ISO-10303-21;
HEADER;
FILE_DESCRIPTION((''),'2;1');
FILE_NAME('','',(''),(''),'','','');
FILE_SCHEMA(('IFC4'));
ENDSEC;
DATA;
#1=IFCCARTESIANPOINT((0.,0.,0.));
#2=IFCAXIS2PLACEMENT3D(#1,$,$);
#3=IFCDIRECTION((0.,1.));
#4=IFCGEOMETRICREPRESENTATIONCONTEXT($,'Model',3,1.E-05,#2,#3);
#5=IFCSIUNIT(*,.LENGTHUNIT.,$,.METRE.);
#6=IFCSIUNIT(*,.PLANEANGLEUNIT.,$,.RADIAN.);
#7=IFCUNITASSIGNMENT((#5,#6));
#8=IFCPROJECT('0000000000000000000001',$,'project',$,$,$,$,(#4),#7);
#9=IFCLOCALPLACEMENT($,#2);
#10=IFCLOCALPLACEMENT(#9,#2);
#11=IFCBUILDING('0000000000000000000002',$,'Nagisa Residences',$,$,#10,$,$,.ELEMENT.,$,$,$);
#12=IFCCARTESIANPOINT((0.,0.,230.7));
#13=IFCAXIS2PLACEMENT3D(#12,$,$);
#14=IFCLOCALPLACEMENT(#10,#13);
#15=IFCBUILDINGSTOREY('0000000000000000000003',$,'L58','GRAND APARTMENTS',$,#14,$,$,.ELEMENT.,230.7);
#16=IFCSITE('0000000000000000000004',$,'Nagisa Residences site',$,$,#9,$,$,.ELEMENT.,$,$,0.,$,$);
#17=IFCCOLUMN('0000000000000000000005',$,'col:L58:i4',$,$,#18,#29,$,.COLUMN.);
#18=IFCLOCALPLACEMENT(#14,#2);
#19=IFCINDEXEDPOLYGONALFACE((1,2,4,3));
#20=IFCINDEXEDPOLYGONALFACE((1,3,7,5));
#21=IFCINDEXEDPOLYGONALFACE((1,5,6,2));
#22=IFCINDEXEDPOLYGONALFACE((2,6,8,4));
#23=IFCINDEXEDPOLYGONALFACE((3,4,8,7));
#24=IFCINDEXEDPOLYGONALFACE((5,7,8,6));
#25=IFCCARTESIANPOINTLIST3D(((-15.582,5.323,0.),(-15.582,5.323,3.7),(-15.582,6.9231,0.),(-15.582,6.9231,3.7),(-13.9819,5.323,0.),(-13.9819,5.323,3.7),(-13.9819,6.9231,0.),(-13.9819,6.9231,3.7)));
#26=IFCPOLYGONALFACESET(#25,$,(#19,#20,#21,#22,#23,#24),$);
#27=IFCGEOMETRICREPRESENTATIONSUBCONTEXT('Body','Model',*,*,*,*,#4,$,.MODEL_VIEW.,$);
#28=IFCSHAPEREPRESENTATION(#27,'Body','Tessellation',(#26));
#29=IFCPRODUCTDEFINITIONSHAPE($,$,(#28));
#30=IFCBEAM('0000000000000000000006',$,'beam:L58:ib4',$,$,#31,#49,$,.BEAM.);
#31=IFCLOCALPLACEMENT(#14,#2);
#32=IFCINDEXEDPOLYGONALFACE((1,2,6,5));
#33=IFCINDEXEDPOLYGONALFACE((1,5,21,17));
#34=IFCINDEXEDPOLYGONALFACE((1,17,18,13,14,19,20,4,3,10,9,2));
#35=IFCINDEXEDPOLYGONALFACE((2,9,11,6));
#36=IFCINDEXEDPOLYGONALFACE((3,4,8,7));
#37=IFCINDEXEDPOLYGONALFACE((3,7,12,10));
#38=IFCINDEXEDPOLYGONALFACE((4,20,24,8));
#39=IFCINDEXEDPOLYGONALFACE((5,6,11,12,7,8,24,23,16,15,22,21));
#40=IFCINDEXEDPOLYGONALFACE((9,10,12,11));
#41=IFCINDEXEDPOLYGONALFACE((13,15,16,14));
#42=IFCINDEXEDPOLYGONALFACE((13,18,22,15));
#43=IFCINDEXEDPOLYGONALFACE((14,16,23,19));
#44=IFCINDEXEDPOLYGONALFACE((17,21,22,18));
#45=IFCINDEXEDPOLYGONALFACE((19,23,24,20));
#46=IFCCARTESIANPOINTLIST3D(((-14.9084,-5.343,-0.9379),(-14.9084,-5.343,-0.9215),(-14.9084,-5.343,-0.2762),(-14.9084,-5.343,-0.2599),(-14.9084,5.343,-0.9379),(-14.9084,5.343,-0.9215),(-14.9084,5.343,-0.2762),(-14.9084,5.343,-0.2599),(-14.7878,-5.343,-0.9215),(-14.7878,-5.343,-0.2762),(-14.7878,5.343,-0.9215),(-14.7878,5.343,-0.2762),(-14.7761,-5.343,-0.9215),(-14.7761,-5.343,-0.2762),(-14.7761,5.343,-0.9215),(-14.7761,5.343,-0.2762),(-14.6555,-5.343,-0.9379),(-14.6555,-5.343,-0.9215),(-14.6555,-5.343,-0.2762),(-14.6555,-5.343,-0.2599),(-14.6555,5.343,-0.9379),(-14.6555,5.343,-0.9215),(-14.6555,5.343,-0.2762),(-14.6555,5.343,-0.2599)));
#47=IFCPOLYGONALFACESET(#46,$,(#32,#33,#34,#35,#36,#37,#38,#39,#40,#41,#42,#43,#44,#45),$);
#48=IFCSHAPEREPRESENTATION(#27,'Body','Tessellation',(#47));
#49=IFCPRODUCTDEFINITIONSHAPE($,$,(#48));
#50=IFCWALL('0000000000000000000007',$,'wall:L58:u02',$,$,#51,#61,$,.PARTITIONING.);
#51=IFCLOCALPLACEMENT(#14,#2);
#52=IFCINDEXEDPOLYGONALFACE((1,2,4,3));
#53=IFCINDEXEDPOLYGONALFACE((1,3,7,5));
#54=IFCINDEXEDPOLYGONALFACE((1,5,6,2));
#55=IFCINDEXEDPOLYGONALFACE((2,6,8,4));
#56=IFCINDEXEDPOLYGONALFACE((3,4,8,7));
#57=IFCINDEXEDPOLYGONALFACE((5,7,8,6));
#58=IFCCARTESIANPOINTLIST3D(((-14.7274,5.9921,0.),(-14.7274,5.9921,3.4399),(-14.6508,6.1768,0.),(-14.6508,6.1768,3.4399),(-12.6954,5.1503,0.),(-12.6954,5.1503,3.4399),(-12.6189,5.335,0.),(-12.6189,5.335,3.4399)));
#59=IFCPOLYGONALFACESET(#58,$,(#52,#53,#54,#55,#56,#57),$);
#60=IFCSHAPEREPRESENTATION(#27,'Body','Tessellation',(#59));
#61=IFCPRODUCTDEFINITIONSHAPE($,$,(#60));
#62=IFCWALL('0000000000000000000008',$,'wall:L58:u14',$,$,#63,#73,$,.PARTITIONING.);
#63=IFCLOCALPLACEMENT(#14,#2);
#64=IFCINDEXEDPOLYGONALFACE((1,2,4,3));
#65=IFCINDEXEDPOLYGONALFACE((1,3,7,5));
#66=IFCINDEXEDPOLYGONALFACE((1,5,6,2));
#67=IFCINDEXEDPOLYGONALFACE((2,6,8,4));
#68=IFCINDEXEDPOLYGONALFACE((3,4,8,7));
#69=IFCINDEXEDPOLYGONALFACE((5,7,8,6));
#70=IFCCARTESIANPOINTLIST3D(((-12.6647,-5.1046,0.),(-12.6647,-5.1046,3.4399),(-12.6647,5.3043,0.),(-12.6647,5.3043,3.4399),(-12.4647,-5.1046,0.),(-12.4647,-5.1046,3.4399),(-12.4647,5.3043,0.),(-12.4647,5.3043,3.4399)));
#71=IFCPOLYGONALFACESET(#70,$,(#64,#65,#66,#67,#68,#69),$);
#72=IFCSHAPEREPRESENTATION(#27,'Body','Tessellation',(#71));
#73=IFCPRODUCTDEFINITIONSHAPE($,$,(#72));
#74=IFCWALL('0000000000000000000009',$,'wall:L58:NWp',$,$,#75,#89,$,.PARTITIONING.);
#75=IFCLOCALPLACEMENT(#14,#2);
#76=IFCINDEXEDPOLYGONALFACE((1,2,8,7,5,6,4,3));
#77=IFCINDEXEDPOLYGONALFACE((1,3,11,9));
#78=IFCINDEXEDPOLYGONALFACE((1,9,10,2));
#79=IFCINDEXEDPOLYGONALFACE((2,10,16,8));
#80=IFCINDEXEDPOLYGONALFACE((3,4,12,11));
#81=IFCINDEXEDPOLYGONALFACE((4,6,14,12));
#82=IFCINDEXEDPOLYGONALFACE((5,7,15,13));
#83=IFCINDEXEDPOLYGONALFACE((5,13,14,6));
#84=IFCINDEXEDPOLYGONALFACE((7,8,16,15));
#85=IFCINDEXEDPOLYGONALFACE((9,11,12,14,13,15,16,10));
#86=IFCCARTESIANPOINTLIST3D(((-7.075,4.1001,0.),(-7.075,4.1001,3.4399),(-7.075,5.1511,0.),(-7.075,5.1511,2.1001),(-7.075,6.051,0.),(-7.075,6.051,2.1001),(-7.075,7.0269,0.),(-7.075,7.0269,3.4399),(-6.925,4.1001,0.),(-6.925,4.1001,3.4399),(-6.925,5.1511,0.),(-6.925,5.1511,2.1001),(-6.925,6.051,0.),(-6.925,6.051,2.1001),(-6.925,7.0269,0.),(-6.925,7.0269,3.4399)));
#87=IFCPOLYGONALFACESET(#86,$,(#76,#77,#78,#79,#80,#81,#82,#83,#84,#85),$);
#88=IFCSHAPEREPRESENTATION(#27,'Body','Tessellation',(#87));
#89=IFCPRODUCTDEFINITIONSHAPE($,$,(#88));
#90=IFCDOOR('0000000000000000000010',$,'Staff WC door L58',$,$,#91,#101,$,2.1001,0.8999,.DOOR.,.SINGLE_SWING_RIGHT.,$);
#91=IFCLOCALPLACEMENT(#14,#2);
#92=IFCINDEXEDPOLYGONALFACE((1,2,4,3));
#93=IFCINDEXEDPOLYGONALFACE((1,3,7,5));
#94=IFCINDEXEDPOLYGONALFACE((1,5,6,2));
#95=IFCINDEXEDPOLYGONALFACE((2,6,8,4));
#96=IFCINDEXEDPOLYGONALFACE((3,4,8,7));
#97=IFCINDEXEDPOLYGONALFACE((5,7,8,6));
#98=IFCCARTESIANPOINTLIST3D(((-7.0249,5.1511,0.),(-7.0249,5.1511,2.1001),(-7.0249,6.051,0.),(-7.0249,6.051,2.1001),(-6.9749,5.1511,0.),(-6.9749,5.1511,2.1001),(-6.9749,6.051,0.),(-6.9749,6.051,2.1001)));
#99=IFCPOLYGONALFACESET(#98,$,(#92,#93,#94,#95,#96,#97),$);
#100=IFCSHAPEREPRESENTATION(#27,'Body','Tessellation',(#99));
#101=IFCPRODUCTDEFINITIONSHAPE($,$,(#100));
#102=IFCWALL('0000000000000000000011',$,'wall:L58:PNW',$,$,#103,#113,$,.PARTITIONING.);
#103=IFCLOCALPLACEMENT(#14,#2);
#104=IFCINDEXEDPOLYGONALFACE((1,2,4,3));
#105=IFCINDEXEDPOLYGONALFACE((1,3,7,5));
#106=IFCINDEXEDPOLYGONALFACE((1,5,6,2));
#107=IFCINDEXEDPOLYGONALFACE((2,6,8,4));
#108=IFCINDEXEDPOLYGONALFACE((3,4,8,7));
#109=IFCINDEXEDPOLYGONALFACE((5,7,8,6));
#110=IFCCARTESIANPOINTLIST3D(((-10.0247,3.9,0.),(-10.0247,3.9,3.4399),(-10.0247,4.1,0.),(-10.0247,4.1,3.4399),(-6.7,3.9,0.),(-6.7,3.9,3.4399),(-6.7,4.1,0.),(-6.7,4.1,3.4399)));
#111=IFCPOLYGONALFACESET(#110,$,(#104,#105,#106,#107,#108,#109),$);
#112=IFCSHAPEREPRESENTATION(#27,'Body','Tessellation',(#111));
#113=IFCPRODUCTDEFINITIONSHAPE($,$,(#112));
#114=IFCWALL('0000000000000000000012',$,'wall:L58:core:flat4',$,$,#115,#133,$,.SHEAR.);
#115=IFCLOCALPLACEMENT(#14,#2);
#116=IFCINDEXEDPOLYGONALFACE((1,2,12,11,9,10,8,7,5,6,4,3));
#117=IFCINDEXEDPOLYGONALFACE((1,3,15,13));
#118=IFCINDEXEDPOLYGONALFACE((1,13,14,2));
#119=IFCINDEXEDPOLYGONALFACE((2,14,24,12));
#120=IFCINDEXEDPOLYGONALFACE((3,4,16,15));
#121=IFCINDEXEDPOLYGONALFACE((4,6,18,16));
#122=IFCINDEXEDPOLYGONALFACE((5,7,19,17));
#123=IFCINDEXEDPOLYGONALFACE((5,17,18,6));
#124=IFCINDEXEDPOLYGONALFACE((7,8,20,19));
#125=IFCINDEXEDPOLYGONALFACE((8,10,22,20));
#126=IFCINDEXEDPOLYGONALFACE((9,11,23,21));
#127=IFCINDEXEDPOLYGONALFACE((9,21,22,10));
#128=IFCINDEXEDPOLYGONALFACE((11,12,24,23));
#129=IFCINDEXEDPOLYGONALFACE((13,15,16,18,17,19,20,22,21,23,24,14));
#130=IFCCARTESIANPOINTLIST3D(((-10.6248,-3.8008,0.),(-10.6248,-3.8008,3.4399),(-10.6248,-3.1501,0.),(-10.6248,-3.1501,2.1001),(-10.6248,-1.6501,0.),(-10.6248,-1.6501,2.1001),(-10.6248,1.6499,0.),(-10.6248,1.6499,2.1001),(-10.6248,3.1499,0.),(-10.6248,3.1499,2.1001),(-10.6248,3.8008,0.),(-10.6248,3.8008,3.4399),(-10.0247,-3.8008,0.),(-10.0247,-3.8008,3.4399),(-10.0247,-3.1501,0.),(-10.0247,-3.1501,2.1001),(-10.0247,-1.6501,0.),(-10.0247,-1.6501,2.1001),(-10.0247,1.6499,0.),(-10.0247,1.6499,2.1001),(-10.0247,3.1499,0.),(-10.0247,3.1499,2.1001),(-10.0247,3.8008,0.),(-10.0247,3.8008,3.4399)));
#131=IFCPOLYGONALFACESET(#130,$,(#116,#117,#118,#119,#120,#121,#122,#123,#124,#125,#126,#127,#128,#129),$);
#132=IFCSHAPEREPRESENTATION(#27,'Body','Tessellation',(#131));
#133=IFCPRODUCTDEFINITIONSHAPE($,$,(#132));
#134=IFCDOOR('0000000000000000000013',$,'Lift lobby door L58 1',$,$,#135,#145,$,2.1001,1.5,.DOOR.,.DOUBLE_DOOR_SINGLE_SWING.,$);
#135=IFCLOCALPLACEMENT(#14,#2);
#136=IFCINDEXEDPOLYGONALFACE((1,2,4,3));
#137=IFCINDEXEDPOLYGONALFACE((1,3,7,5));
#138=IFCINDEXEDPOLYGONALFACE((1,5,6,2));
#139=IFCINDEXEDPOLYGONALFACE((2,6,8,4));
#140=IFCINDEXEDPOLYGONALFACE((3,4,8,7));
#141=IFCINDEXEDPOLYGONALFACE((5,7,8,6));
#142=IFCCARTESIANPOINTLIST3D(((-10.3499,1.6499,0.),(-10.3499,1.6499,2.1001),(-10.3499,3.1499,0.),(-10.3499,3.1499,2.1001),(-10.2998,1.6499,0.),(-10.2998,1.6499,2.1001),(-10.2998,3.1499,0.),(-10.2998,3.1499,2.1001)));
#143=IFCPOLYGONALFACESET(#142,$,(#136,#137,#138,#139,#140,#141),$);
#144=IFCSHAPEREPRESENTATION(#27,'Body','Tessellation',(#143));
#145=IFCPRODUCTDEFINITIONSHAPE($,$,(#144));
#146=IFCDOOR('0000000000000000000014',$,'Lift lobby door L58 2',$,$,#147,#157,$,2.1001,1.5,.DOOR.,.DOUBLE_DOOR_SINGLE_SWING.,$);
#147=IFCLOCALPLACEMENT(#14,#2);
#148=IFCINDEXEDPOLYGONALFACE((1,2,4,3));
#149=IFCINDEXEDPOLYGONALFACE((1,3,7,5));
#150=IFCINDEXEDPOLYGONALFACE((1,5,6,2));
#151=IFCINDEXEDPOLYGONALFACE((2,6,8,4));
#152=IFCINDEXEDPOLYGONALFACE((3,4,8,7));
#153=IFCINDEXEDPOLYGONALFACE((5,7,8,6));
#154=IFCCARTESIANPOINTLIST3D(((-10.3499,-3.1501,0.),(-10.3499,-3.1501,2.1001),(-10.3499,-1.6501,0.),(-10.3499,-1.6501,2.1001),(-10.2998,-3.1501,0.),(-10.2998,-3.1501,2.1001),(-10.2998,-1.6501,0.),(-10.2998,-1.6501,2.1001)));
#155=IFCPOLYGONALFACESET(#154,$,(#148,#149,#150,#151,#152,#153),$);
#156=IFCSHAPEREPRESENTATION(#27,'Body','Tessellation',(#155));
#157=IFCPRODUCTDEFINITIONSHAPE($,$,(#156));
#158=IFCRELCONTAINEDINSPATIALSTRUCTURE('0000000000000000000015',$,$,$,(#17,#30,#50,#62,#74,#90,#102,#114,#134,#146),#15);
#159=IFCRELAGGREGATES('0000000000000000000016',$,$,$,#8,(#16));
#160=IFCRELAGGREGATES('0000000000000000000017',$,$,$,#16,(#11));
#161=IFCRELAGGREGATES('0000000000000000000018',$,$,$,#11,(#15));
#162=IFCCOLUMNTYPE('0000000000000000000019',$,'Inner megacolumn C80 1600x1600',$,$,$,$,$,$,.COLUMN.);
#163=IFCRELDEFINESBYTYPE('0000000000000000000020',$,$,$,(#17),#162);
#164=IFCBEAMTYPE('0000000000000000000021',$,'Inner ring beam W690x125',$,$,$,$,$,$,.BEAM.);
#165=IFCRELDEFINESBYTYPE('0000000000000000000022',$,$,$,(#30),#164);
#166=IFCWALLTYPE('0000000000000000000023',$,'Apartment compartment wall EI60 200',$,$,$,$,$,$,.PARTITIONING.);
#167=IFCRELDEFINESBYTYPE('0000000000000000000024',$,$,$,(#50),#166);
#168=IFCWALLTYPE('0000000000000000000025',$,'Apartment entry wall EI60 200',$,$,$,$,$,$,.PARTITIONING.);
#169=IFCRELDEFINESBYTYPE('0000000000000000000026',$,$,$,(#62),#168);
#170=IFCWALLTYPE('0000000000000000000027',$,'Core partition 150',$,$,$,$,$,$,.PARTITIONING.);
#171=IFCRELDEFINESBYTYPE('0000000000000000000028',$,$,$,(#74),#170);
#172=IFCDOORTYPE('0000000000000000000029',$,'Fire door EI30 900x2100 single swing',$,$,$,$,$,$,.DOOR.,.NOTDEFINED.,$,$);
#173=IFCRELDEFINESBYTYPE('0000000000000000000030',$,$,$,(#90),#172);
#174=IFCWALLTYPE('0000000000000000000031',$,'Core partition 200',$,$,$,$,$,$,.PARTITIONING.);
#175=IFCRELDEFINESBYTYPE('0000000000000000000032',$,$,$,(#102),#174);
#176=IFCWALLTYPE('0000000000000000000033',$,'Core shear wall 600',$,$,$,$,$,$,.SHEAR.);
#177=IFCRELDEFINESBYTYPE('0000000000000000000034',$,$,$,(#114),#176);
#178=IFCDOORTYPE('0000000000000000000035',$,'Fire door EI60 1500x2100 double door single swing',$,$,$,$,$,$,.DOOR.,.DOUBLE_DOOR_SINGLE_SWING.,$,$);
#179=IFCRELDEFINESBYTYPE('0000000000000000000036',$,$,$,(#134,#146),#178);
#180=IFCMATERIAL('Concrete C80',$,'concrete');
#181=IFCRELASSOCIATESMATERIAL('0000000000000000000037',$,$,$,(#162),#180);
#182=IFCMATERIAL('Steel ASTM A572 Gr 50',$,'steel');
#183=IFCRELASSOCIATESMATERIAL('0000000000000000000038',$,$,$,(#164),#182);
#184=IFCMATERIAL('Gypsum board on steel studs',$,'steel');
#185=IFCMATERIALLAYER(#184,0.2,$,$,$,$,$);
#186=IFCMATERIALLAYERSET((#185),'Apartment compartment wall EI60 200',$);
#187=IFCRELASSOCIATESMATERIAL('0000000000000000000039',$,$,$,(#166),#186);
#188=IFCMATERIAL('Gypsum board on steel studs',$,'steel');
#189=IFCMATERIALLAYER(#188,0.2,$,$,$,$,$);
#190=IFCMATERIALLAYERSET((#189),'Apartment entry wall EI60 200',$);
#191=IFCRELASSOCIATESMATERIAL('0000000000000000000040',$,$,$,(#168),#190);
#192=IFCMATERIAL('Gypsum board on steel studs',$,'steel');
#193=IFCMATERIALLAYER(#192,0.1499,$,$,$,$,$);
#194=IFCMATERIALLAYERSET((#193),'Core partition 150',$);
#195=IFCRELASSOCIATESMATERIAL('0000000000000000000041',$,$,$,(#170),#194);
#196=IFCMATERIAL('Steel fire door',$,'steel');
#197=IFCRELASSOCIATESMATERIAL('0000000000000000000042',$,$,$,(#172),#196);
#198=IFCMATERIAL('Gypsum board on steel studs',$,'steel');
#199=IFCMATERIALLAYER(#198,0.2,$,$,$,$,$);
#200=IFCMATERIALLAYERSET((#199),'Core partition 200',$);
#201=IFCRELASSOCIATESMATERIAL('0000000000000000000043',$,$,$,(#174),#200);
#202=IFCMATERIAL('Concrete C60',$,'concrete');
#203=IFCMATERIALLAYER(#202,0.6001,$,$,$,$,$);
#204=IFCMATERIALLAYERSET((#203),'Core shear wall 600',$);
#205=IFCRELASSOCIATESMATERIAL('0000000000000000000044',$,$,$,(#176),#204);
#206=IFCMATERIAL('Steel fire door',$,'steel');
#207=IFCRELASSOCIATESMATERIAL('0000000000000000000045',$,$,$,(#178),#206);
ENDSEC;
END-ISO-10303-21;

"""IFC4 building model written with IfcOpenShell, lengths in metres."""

from ifc_helpers import new_model, si_unit, direction, frame, frame_2d, origin, origin_2d, place, context, subcontext, project, spatial, rectangle, i_section, extrude, material, layer, layer_set, material_profile, profile_set, type_object, element, fill, save


model = new_model("IFC4")

# Units and contexts
model_context = context("Model", 3, precision=1e-05, world=origin(), true_north=direction((0.0, 1.0)))
body_context = subcontext(model_context, "Body", "Model", "MODEL_VIEW")
ifc_project = project(units=[si_unit("LENGTHUNIT", "METRE"), si_unit("PLANEANGLEUNIT", "RADIAN")], contexts=[model_context])

# Site, building, storey
site_placement = place(None, origin())
site = spatial("IfcSite", under=ifc_project, at=site_placement, Name="Nagisa Residences site", CompositionType="ELEMENT", RefElevation=0.0)
building_placement = place(site_placement, origin())
building = spatial("IfcBuilding", under=site, at=building_placement, Name="Nagisa Residences", CompositionType="ELEMENT")
storey_placement = place(building_placement, frame((0.0, 0.0, 230.7)))
storey = spatial("IfcBuildingStorey", under=building, at=storey_placement, Name="L58", Description="GRAND APARTMENTS", CompositionType="ELEMENT", Elevation=230.7)

# Column
ifc_material_1 = material(Name="Concrete C80", Category="concrete")
ifc_material_profile_1 = material_profile(ifc_material_1, rectangle(XDim=1.6001, YDim=1.6001, at=origin_2d()), Name="C80 1600x1600")
ifc_profile_set_1 = profile_set([ifc_material_profile_1], Name="Concrete C80")
column_type = type_object("IfcColumnType", Name="Inner megacolumn C80 1600x1600", PredefinedType="COLUMN", material=ifc_profile_set_1)
column_placement = place(storey_placement, frame((-14.782, 6.123, 0.0), z_axis=(0.0, 0.0, 1.0), x_axis=(1.0, 0.0, 0.0)))
element("IfcColumn", 1, at=column_placement, inside=storey, type_object=column_type, Name="col:L58:i4", PredefinedType="COLUMN", context=body_context, shape_type="SweptSolid", body=[
    extrude(rectangle(XDim=1.6001, YDim=1.6001, at=origin_2d()), origin(), (0.0, 0.0, 1.0), 3.7),
])

# Beam
ifc_material_2 = material(Name="Steel ASTM A572 Gr 50", Category="steel")
ifc_material_profile_2 = material_profile(ifc_material_2, i_section(OverallWidth=0.2529, OverallDepth=0.678, WebThickness=0.0117, FlangeThickness=0.0164, at=origin_2d()), Name="W690x125")
ifc_profile_set_2 = profile_set([ifc_material_profile_2], Name="Steel ASTM A572 Gr 50")
beam_type = type_object("IfcBeamType", Name="Inner ring beam W690x125", PredefinedType="BEAM", material=ifc_profile_set_2)
beam_placement = place(storey_placement, frame((-14.782, 5.343, -0.5989), z_axis=(0.0, -1.0, 0.0), x_axis=(1.0, 0.0, 0.0)))
element("IfcBeam", 2, at=beam_placement, inside=storey, type_object=beam_type, Name="beam:L58:ib4", PredefinedType="BEAM", context=body_context, shape_type="SweptSolid", body=[
    extrude(i_section(OverallWidth=0.2529, OverallDepth=0.678, WebThickness=0.0117, FlangeThickness=0.0164, at=origin_2d()), origin(), (0.0, 0.0, 1.0), 10.686),
])

# Walls
ifc_material_3 = material(Name="Gypsum board on steel studs", Category="steel")
ifc_layer_1 = layer(ifc_material_3, 0.2)
ifc_layer_set_1 = layer_set([ifc_layer_1], Name="Apartment compartment wall EI60 200")
wall_type_1 = type_object("IfcWallType", Name="Apartment compartment wall EI60 200", PredefinedType="PARTITIONING", material=ifc_layer_set_1)
wall_1_placement = place(storey_placement, frame((-12.6572, 5.2427, 0.0), z_axis=(0.0, 0.0, 1.0), x_axis=(-0.92386, 0.382731, 0.0)))
element("IfcWall", 3, at=wall_1_placement, inside=storey, type_object=wall_type_1, Name="wall:L58:u02", PredefinedType="PARTITIONING", context=body_context, shape_type="SweptSolid", body=[
    extrude(rectangle(XDim=2.1995, YDim=0.2, at=frame_2d((1.0996, 0.0))), origin(), (0.0, 0.0, 1.0), 3.4399),
])
ifc_material_4 = material(Name="Gypsum board on steel studs", Category="steel")
ifc_layer_2 = layer(ifc_material_4, 0.2)
ifc_layer_set_2 = layer_set([ifc_layer_2], Name="Apartment entry wall EI60 200")
wall_type_2 = type_object("IfcWallType", Name="Apartment entry wall EI60 200", PredefinedType="PARTITIONING", material=ifc_layer_set_2)
wall_2_placement = place(storey_placement, frame((-12.5647, 5.3044, 0.0), z_axis=(0.0, 0.0, 1.0), x_axis=(0.0, -1.0, 0.0)))
element("IfcWall", 4, at=wall_2_placement, inside=storey, type_object=wall_type_2, Name="wall:L58:u14", PredefinedType="PARTITIONING", context=body_context, shape_type="SweptSolid", body=[
    extrude(rectangle(XDim=10.4089, YDim=0.2, at=frame_2d((5.2046, 0.0))), origin(), (0.0, 0.0, 1.0), 3.4399),
])

# Wall, opening, door
ifc_material_5 = material(Name="Gypsum board on steel studs", Category="steel")
ifc_layer_3 = layer(ifc_material_5, 0.1499)
ifc_layer_set_3 = layer_set([ifc_layer_3], Name="Core partition 150")
wall_type_3 = type_object("IfcWallType", Name="Core partition 150", PredefinedType="PARTITIONING", material=ifc_layer_set_3)
wall_3_placement = place(storey_placement, frame((-7.0, 4.1001, 0.0), z_axis=(0.0, 0.0, 1.0), x_axis=(0.0, 1.0, 0.0)))
wall_3 = element("IfcWall", 5, at=wall_3_placement, inside=storey, type_object=wall_type_3, Name="wall:L58:NWp", PredefinedType="PARTITIONING", context=body_context, shape_type="SweptSolid", body=[
    extrude(rectangle(XDim=2.9268, YDim=0.1499, at=frame_2d((1.4634, 0.0))), origin(), (0.0, 0.0, 1.0), 3.4399),
])
opening_1_placement = place(wall_3_placement, frame((1.051, 0.0, 0.0)))
opening_1 = element("IfcOpeningElement", 6, at=opening_1_placement, cuts=wall_3, PredefinedType="OPENING", context=body_context, shape_type="SweptSolid", body=[
    extrude(rectangle(XDim=0.8999, YDim=2.1001, at=frame_2d((0.45, 1.05))), frame((0.0, 0.085, 0.0), z_axis=(0.0, -1.0, 0.0), x_axis=(1.0, 0.0, 0.0)), (0.0, 0.0, 1.0), 0.1699),
])
ifc_material_6 = material(Name="Steel fire door", Category="steel")
door_type_1 = type_object("IfcDoorType", Name="Fire door EI30 900x2100 single swing", OperationType="NOTDEFINED", PredefinedType="DOOR", material=ifc_material_6)
door_1_placement = place(opening_1_placement, origin())
door_1 = element("IfcDoor", 7, at=door_1_placement, inside=storey, type_object=door_type_1, Name="Staff WC door L58", OperationType="SINGLE_SWING_RIGHT", OverallHeight=2.1001, OverallWidth=0.8999, PredefinedType="DOOR", context=body_context, shape_type="SweptSolid", body=[
    extrude(rectangle(XDim=0.8999, YDim=2.1001, at=frame_2d((0.45, 1.05))), frame((0.0, 0.0249, 0.0), z_axis=(0.0, -1.0, 0.0), x_axis=(1.0, 0.0, 0.0)), (0.0, 0.0, 1.0), 0.05),
])
fill(opening_1, door_1)

# Wall
ifc_material_7 = material(Name="Gypsum board on steel studs", Category="steel")
ifc_layer_4 = layer(ifc_material_7, 0.2)
ifc_layer_set_4 = layer_set([ifc_layer_4], Name="Core partition 200")
wall_type_4 = type_object("IfcWallType", Name="Core partition 200", PredefinedType="PARTITIONING", material=ifc_layer_set_4)
wall_4_placement = place(storey_placement, frame((-10.0247, 4.0, 0.0), z_axis=(0.0, 0.0, 1.0), x_axis=(1.0, 0.0, 0.0)))
element("IfcWall", 8, at=wall_4_placement, inside=storey, type_object=wall_type_4, Name="wall:L58:PNW", PredefinedType="PARTITIONING", context=body_context, shape_type="SweptSolid", body=[
    extrude(rectangle(XDim=3.3247, YDim=0.2, at=frame_2d((1.6624, 0.0))), origin(), (0.0, 0.0, 1.0), 3.4399),
])

# Wall, openings, doors
ifc_material_8 = material(Name="Concrete C60", Category="concrete")
ifc_layer_5 = layer(ifc_material_8, 0.6001)
ifc_layer_set_5 = layer_set([ifc_layer_5], Name="Core shear wall 600")
wall_type_5 = type_object("IfcWallType", Name="Core shear wall 600", PredefinedType="SHEAR", material=ifc_layer_set_5)
wall_5_placement = place(storey_placement, frame((-10.3247, 3.8008, 0.0), z_axis=(0.0, 0.0, 1.0), x_axis=(0.0, -1.0, 0.0)))
wall_5 = element("IfcWall", 9, at=wall_5_placement, inside=storey, type_object=wall_type_5, Name="wall:L58:core:flat4", PredefinedType="SHEAR", context=body_context, shape_type="SweptSolid", body=[
    extrude(rectangle(XDim=7.6016, YDim=0.6001, at=frame_2d((3.8008, 0.0))), origin(), (0.0, 0.0, 1.0), 3.4399),
])
opening_2_placement = place(wall_5_placement, frame((0.6509, 0.0, 0.0)))
opening_2 = element("IfcOpeningElement", 10, at=opening_2_placement, cuts=wall_5, PredefinedType="OPENING", context=body_context, shape_type="SweptSolid", body=[
    extrude(rectangle(XDim=1.5, YDim=2.1001, at=frame_2d((0.75, 1.05))), frame((0.0, 0.3101, 0.0), z_axis=(0.0, -1.0, 0.0), x_axis=(1.0, 0.0, 0.0)), (0.0, 0.0, 1.0), 0.6201),
])
opening_3_placement = place(wall_5_placement, frame((5.4509, 0.0, 0.0)))
opening_3 = element("IfcOpeningElement", 11, at=opening_3_placement, cuts=wall_5, PredefinedType="OPENING", context=body_context, shape_type="SweptSolid", body=[
    extrude(rectangle(XDim=1.5, YDim=2.1001, at=frame_2d((0.75, 1.05))), frame((0.0, 0.3101, 0.0), z_axis=(0.0, -1.0, 0.0), x_axis=(1.0, 0.0, 0.0)), (0.0, 0.0, 1.0), 0.6201),
])
ifc_material_9 = material(Name="Steel fire door", Category="steel")
door_type_2 = type_object("IfcDoorType", Name="Fire door EI60 1500x2100 double door single swing", OperationType="DOUBLE_DOOR_SINGLE_SWING", PredefinedType="DOOR", material=ifc_material_9)
door_2_placement = place(opening_2_placement, origin())
door_2 = element("IfcDoor", 12, at=door_2_placement, inside=storey, type_object=door_type_2, Name="Lift lobby door L58 1", OperationType="DOUBLE_DOOR_SINGLE_SWING", OverallHeight=2.1001, OverallWidth=1.5, PredefinedType="DOOR", context=body_context, shape_type="SweptSolid", body=[
    extrude(rectangle(XDim=1.5, YDim=2.1001, at=frame_2d((0.75, 1.05))), frame((0.0, 0.0249, 0.0), z_axis=(0.0, -1.0, 0.0), x_axis=(1.0, 0.0, 0.0)), (0.0, 0.0, 1.0), 0.05),
])
fill(opening_2, door_2)
door_3_placement = place(opening_3_placement, origin())
door_3 = element("IfcDoor", 13, at=door_3_placement, inside=storey, type_object=door_type_2, Name="Lift lobby door L58 2", OperationType="DOUBLE_DOOR_SINGLE_SWING", OverallHeight=2.1001, OverallWidth=1.5, PredefinedType="DOOR", context=body_context, shape_type="SweptSolid", body=[
    extrude(rectangle(XDim=1.5, YDim=2.1001, at=frame_2d((0.75, 1.05))), frame((0.0, 0.0249, 0.0), z_axis=(0.0, -1.0, 0.0), x_axis=(1.0, 0.0, 0.0)), (0.0, 0.0, 1.0), 0.05),
])
fill(opening_3, door_3)

save(model, "model.ifc")
